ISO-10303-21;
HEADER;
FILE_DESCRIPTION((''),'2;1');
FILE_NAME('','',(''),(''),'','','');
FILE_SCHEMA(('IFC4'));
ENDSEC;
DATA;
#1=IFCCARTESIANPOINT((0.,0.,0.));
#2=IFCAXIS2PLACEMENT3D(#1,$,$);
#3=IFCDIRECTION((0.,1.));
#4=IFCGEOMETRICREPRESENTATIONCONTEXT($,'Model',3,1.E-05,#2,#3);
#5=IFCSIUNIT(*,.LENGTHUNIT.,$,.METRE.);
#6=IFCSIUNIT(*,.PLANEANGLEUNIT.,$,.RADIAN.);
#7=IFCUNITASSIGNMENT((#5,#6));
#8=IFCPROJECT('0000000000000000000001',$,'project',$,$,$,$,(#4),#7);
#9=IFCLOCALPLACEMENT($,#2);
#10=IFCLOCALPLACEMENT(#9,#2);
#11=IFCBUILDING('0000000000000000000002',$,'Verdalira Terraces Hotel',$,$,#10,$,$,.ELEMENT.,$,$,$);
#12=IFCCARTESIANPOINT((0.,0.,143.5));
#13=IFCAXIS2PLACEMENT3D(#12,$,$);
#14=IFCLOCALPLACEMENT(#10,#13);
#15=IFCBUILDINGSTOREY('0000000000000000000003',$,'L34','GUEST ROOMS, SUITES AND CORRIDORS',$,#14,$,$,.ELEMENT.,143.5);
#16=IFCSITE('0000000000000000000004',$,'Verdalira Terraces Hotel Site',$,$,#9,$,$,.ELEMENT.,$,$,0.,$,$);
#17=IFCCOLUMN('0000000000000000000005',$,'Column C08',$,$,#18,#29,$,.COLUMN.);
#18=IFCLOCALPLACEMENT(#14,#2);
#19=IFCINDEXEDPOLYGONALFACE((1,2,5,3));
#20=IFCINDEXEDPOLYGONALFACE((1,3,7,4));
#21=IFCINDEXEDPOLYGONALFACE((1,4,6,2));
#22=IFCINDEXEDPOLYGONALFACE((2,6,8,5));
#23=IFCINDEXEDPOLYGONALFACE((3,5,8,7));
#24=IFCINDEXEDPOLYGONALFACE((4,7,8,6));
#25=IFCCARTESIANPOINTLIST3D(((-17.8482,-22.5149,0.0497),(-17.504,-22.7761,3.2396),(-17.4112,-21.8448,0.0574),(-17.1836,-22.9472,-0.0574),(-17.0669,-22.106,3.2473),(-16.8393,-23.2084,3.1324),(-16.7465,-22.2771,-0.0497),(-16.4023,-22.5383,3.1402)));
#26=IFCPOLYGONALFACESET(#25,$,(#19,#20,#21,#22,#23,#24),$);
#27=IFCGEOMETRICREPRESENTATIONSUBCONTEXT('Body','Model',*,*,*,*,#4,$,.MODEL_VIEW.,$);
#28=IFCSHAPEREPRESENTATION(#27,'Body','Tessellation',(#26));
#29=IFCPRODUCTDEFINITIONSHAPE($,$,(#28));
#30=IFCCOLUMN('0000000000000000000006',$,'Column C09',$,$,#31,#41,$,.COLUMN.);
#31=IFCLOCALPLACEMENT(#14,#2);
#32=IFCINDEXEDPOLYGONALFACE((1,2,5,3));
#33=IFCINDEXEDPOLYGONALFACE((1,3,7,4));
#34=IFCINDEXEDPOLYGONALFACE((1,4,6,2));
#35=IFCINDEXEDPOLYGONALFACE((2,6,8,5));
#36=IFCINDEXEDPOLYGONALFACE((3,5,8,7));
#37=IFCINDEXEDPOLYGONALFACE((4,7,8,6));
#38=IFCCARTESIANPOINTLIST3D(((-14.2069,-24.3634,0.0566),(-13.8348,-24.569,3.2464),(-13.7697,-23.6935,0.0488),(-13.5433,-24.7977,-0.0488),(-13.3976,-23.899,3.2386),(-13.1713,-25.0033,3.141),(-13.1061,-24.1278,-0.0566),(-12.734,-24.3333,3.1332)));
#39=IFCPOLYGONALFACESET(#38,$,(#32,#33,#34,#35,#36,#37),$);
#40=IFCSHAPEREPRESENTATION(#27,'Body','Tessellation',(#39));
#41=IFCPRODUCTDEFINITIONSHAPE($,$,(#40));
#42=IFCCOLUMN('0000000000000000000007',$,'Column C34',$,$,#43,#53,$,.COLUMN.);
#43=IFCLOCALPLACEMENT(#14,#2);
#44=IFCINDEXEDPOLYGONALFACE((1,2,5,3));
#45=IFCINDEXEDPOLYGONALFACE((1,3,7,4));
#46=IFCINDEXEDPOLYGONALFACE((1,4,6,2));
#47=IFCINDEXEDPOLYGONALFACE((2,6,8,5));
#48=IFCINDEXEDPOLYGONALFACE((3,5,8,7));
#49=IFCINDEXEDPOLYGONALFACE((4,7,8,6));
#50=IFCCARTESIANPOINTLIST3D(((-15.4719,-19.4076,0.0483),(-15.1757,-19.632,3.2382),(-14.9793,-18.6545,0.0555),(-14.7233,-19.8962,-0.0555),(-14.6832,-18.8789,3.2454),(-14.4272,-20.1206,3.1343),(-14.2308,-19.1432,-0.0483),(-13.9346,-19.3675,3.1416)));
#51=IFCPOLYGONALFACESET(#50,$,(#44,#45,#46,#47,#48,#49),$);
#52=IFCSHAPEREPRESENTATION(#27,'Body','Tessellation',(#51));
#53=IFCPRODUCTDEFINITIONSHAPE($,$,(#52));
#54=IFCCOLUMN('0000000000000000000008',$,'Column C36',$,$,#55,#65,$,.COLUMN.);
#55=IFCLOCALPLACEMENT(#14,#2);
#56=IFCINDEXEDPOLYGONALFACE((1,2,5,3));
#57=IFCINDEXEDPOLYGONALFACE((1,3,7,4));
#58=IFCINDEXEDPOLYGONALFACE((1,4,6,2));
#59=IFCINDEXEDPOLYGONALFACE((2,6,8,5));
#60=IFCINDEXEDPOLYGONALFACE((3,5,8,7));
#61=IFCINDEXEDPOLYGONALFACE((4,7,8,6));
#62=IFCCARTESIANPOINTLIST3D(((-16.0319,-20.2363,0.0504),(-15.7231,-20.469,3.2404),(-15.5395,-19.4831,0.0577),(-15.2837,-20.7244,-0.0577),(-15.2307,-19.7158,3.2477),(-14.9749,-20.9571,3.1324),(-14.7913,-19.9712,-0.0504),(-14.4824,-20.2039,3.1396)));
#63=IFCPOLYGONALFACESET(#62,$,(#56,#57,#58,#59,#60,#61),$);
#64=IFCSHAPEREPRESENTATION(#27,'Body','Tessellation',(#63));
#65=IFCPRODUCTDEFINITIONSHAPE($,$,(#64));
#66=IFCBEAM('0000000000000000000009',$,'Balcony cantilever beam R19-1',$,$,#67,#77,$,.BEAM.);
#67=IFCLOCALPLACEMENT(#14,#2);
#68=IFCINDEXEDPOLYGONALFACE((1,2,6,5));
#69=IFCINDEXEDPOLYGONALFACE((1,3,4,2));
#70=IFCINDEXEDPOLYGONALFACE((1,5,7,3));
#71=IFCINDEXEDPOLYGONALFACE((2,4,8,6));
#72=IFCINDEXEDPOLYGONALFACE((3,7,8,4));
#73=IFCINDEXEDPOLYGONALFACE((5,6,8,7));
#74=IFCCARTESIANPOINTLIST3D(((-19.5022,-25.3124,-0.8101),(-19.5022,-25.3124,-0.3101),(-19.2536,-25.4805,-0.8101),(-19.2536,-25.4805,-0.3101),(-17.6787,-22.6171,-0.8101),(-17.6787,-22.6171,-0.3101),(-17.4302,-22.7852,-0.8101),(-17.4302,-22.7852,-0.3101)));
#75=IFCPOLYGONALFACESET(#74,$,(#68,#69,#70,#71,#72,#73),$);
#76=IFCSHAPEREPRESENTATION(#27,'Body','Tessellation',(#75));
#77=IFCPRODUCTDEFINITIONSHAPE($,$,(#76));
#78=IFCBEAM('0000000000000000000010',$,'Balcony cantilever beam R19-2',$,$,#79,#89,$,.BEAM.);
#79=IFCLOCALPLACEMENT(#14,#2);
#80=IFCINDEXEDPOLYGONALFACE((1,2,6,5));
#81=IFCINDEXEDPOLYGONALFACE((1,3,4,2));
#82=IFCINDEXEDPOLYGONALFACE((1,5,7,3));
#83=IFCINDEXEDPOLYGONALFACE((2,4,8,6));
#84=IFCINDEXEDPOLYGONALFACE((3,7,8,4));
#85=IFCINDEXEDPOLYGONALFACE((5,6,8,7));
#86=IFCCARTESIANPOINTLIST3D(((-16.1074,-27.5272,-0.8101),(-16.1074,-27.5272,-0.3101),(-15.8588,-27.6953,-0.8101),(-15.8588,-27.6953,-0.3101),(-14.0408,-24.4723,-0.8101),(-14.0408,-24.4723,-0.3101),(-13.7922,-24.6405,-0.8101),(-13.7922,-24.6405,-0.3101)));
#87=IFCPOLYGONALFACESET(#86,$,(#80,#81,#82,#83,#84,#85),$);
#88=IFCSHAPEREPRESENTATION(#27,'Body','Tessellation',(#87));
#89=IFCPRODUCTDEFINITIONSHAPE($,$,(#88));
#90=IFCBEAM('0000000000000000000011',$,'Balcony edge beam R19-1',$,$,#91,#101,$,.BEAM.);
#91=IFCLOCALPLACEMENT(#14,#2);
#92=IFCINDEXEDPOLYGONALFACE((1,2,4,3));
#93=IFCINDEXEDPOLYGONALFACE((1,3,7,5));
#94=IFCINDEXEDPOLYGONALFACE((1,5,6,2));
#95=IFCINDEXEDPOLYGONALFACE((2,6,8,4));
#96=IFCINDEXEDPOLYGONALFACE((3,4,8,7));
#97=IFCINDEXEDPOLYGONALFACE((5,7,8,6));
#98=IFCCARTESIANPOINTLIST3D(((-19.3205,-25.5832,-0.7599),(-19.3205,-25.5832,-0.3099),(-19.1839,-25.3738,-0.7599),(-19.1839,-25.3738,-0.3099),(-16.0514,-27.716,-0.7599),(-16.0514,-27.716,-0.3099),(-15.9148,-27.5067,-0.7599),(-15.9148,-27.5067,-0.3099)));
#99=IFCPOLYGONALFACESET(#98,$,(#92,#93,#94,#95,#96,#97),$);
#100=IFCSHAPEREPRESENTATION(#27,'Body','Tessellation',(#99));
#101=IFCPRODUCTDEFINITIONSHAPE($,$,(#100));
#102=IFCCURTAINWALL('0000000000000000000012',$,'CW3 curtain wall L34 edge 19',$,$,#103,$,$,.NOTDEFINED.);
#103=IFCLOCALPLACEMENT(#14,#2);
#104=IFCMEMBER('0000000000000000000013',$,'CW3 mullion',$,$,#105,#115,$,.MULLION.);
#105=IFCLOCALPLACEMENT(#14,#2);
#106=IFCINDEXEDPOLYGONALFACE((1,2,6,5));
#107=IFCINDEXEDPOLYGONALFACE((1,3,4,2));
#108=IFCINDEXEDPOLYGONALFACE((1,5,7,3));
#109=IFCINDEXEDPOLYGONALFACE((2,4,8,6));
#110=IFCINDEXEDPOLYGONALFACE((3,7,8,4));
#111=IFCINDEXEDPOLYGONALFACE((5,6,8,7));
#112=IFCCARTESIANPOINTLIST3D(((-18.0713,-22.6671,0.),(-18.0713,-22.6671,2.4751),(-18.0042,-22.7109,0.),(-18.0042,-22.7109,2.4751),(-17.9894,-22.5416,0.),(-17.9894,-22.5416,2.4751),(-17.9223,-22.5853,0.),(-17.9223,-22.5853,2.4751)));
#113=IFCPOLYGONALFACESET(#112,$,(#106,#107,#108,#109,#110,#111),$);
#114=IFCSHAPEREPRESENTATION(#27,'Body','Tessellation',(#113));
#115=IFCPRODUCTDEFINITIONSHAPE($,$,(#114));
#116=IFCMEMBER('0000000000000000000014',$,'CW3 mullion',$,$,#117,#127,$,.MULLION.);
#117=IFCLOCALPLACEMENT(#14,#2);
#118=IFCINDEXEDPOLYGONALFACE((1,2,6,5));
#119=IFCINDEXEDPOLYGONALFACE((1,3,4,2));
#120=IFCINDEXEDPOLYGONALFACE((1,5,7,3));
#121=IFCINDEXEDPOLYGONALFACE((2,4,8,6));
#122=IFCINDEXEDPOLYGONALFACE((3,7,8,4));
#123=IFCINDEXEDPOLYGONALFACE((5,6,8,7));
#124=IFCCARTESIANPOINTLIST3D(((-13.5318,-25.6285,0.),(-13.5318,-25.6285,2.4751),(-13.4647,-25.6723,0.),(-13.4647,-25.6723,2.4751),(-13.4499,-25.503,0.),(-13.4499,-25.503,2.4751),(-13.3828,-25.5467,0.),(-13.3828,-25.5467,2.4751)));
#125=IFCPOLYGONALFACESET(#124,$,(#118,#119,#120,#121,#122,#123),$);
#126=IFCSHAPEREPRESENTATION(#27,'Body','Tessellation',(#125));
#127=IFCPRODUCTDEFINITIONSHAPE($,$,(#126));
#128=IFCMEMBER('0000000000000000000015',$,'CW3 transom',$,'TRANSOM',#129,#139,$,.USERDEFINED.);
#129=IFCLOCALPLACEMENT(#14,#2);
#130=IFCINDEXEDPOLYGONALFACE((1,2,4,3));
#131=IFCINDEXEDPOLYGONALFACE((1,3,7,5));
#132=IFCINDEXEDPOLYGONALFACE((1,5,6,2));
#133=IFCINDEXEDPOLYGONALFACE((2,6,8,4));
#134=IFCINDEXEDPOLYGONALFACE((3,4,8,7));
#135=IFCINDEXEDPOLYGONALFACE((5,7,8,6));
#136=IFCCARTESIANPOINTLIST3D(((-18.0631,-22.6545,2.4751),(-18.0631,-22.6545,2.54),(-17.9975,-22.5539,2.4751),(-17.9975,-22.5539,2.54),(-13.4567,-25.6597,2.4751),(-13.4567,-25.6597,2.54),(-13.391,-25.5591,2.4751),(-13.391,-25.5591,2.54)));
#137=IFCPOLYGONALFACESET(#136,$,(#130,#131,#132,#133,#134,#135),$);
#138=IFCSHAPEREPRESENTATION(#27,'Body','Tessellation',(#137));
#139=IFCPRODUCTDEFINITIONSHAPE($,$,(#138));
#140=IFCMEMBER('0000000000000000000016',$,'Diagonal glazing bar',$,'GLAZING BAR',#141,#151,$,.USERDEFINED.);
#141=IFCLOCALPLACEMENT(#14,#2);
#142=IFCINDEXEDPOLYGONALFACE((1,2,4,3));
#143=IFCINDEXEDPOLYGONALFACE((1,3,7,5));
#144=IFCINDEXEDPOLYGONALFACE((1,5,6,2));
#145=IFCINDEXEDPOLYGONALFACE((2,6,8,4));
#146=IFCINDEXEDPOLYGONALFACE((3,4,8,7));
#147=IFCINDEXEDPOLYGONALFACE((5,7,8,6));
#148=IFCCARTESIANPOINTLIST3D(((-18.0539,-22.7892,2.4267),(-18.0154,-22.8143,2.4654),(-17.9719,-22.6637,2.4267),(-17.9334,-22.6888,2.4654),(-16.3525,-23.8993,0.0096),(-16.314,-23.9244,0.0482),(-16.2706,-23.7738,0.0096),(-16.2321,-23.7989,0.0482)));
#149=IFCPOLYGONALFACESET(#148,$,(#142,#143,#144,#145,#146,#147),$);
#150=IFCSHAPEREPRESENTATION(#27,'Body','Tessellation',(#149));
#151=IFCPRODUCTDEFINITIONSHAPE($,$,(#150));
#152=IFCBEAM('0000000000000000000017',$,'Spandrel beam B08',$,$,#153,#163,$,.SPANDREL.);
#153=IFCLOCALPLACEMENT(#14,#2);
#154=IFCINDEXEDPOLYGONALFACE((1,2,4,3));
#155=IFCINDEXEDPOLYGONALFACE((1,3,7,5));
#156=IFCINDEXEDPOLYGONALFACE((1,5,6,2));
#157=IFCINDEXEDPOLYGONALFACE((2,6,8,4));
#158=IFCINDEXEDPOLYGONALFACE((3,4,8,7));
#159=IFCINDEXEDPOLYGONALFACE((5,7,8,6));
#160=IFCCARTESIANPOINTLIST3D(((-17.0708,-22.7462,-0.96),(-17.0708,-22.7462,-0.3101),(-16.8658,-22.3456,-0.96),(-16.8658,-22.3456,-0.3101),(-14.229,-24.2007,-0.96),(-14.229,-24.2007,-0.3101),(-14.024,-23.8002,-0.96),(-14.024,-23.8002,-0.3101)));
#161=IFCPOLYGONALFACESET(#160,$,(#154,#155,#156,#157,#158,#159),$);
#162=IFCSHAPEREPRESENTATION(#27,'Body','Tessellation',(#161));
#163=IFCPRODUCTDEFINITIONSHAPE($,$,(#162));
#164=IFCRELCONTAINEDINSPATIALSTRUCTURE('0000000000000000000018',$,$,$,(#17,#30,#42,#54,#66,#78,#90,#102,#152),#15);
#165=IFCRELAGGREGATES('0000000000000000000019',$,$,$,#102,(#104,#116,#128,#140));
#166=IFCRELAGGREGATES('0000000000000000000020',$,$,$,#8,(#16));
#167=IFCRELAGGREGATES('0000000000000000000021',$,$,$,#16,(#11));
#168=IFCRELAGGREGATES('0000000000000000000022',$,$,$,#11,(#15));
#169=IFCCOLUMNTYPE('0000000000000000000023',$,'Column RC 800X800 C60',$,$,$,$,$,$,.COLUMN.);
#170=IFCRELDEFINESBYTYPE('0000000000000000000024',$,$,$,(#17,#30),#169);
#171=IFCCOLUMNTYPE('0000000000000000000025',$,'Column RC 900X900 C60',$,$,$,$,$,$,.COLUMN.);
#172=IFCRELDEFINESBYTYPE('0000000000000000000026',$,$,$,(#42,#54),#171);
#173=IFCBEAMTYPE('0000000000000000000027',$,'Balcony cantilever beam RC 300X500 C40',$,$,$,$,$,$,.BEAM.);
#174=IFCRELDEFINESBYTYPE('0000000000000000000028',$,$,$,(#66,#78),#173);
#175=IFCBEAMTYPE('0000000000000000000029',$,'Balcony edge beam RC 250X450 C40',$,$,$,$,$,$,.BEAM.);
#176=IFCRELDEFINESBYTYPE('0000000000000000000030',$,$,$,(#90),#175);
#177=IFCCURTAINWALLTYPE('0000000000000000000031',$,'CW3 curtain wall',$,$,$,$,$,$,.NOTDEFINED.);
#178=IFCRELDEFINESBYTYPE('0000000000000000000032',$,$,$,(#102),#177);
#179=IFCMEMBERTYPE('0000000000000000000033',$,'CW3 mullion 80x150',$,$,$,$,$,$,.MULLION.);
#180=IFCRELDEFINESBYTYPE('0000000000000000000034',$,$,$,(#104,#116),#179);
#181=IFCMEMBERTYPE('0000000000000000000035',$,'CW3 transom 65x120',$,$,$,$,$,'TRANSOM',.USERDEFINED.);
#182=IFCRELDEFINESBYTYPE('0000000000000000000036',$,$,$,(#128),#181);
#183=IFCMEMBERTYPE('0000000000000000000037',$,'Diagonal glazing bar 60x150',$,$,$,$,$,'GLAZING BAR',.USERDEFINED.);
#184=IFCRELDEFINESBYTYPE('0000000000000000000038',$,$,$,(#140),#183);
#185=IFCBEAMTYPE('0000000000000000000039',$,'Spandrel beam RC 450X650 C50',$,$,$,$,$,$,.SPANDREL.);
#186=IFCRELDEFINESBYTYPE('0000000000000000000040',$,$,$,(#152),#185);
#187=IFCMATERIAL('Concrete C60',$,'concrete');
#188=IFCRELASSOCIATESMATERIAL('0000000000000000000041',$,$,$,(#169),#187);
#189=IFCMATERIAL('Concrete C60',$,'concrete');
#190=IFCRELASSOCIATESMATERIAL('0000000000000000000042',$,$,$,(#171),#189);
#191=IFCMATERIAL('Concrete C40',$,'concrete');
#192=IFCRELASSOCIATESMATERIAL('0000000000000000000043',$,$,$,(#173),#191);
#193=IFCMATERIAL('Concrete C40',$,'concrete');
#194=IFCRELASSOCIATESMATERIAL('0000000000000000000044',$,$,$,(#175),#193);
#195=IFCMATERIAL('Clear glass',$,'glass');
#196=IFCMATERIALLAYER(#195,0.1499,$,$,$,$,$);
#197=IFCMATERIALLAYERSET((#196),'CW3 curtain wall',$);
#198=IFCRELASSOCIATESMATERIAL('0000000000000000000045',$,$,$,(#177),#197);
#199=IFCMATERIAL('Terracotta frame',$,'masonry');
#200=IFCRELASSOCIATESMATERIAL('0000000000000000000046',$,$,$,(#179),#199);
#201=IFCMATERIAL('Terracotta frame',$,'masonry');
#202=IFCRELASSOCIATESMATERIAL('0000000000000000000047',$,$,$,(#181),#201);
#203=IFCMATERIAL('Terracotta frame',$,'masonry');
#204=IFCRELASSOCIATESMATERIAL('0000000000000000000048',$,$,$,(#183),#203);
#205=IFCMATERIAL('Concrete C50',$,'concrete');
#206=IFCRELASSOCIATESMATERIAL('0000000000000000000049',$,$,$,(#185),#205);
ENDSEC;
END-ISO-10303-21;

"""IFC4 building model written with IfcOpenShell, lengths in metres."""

from ifc_helpers import new_model, si_unit, direction, frame, origin, origin_2d, place, context, subcontext, project, spatial, rectangle, extrude, material, layer, layer_set, material_profile, profile_set, type_object, element, aggregate, save


model = new_model("IFC4")

# Units and contexts
model_context = context("Model", 3, precision=1e-05, world=origin(), true_north=direction((0.0, 1.0)))
body_context = subcontext(model_context, "Body", "Model", "MODEL_VIEW")
ifc_project = project(units=[si_unit("LENGTHUNIT", "METRE"), si_unit("PLANEANGLEUNIT", "RADIAN")], contexts=[model_context])

# Site, building, storey
site_placement = place(None, origin())
site = spatial("IfcSite", under=ifc_project, at=site_placement, Name="Verdalira Terraces Hotel Site", CompositionType="ELEMENT", RefElevation=0.0)
building_placement = place(site_placement, origin())
building = spatial("IfcBuilding", under=site, at=building_placement, Name="Verdalira Terraces Hotel", CompositionType="ELEMENT")
storey_placement = place(building_placement, frame((0.0, 0.0, 143.5)))
storey = spatial("IfcBuildingStorey", under=building, at=storey_placement, Name="L34", Description="GUEST ROOMS, SUITES AND CORRIDORS", CompositionType="ELEMENT", Elevation=143.5)

# Columns
ifc_material_1 = material(Name="Concrete C60", Category="concrete")
ifc_material_profile_1 = material_profile(ifc_material_1, rectangle(XDim=0.8, YDim=0.8, at=origin_2d()), Name="RC 800X800")
ifc_profile_set_1 = profile_set([ifc_material_profile_1], Name="Concrete C60")
column_type_1 = type_object("IfcColumnType", Name="Column RC 800X800 C60", PredefinedType="COLUMN", material=ifc_profile_set_1)
column_1_placement = place(storey_placement, frame((-17.2974, -22.396, 0.0), z_axis=(0.106937, -0.081151, 0.990949), x_axis=(0.830756, -0.540293, -0.133896)))
element("IfcColumn", 1, at=column_1_placement, inside=storey, type_object=column_type_1, Name="Column C08", PredefinedType="COLUMN", context=body_context, shape_type="SweptSolid", body=[
    extrude(rectangle(XDim=0.8, YDim=0.8, at=origin_2d()), origin(), (0.0, 0.0, 1.0), 3.219),
])
column_2_placement = place(storey_placement, frame((-13.6565, -24.2456, 0.0), z_axis=(0.115617, -0.063877, 0.991238), x_axis=(0.829433, -0.542852, -0.131726)))
element("IfcColumn", 2, at=column_2_placement, inside=storey, type_object=column_type_1, Name="Column C09", PredefinedType="COLUMN", context=body_context, shape_type="SweptSolid", body=[
    extrude(rectangle(XDim=0.8, YDim=0.8, at=origin_2d()), origin(), (0.0, 0.0, 1.0), 3.218),
])
ifc_material_2 = material(Name="Concrete C60", Category="concrete")
ifc_material_profile_2 = material_profile(ifc_material_2, rectangle(XDim=0.8999, YDim=0.8999, at=origin_2d()), Name="RC 900X900")
ifc_profile_set_2 = profile_set([ifc_material_profile_2], Name="Concrete C60")
column_type_2 = type_object("IfcColumnType", Name="Column RC 900X900 C60", PredefinedType="COLUMN", material=ifc_profile_set_2)
column_3_placement = place(storey_placement, frame((-14.8513, -19.2754, 0.0), z_axis=(0.092213, -0.069863, 0.993285), x_axis=(-0.547377, -0.836847, -0.008043)))
element("IfcColumn", 3, at=column_3_placement, inside=storey, type_object=column_type_2, Name="Column C34", PredefinedType="COLUMN", context=body_context, shape_type="SweptSolid", body=[
    extrude(rectangle(XDim=0.8999, YDim=0.8999, at=origin_2d()), origin(), (0.0, 0.0, 1.0), 3.2114),
])
column_4_placement = place(storey_placement, frame((-15.4116, -20.1038, 0.0), z_axis=(0.096113, -0.072407, 0.992733), x_axis=(-0.547175, -0.836979, -0.008072)))
element("IfcColumn", 4, at=column_4_placement, inside=storey, type_object=column_type_2, Name="Column C36", PredefinedType="COLUMN", context=body_context, shape_type="SweptSolid", body=[
    extrude(rectangle(XDim=0.8999, YDim=0.8999, at=origin_2d()), origin(), (0.0, 0.0, 1.0), 3.2134),
])

# Beams
ifc_material_3 = material(Name="Concrete C40", Category="concrete")
ifc_material_profile_3 = material_profile(ifc_material_3, rectangle(XDim=0.3, YDim=0.5, at=origin_2d()), Name="RC 300X500")
ifc_profile_set_3 = profile_set([ifc_material_profile_3], Name="Concrete C40")
beam_type_1 = type_object("IfcBeamType", Name="Balcony cantilever beam RC 300X500 C40", PredefinedType="BEAM", material=ifc_profile_set_3)
beam_1_placement = place(storey_placement, frame((-17.5544, -22.7012, -0.5601), z_axis=(-0.560349, -0.828257, 0.0), x_axis=(0.828257, -0.560349, 0.0)))
element("IfcBeam", 5, at=beam_1_placement, inside=storey, type_object=beam_type_1, Name="Balcony cantilever beam R19-1", PredefinedType="BEAM", context=body_context, shape_type="SweptSolid", body=[
    extrude(rectangle(XDim=0.3, YDim=0.5, at=origin_2d()), origin(), (0.0, 0.0, 1.0), 3.2542),
])
beam_2_placement = place(storey_placement, frame((-13.9165, -24.5564, -0.5601), z_axis=(-0.560324, -0.828273, 0.0), x_axis=(0.828273, -0.560324, 0.0)))
element("IfcBeam", 6, at=beam_2_placement, inside=storey, type_object=beam_type_1, Name="Balcony cantilever beam R19-2", PredefinedType="BEAM", context=body_context, shape_type="SweptSolid", body=[
    extrude(rectangle(XDim=0.3, YDim=0.5, at=origin_2d()), origin(), (0.0, 0.0, 1.0), 3.6882),
])
ifc_material_4 = material(Name="Concrete C40", Category="concrete")
ifc_material_profile_4 = material_profile(ifc_material_4, rectangle(XDim=0.25, YDim=0.45, at=origin_2d()), Name="RC 250X450")
ifc_profile_set_4 = profile_set([ifc_material_profile_4], Name="Concrete C40")
beam_type_2 = type_object("IfcBeamType", Name="Balcony edge beam RC 250X450 C40", PredefinedType="BEAM", material=ifc_profile_set_4)
beam_3_placement = place(storey_placement, frame((-19.2522, -25.4785, -0.5349), z_axis=(0.837514, -0.546417, 0.0), x_axis=(0.546417, 0.837514, 0.0)))
element("IfcBeam", 7, at=beam_3_placement, inside=storey, type_object=beam_type_2, Name="Balcony edge beam R19-1", PredefinedType="BEAM", context=body_context, shape_type="SweptSolid", body=[
    extrude(rectangle(XDim=0.25, YDim=0.45, at=origin_2d()), origin(), (0.0, 0.0, 1.0), 3.9033),
])

# Curtain wall, members
ifc_material_5 = material(Name="Clear glass", Category="glass")
ifc_layer_1 = layer(ifc_material_5, 0.1499)
ifc_layer_set_1 = layer_set([ifc_layer_1], Name="CW3 curtain wall")
curtain_wall_type = type_object("IfcCurtainWallType", Name="CW3 curtain wall", PredefinedType="NOTDEFINED", material=ifc_layer_set_1)
curtain_wall_placement = place(storey_placement, origin())
curtain_wall = element("IfcCurtainWall", 8, at=curtain_wall_placement, inside=storey, type_object=curtain_wall_type, Name="CW3 curtain wall L34 edge 19", PredefinedType="NOTDEFINED")
ifc_material_6 = material(Name="Terracotta frame", Category="masonry")
ifc_material_profile_5 = material_profile(ifc_material_6, rectangle(XDim=0.0801, YDim=0.1499, at=origin_2d()), Name="MU 80x150")
ifc_profile_set_5 = profile_set([ifc_material_profile_5], Name="Terracotta frame")
member_type_1 = type_object("IfcMemberType", Name="CW3 mullion 80x150", PredefinedType="MULLION", material=ifc_profile_set_5)
member_1_placement = place(storey_placement, frame((-17.9968, -22.6262, 0.0), z_axis=(0.0, 0.0, 1.0), x_axis=(0.837528, -0.546394, 0.0)))
member_1 = element("IfcMember", 9, at=member_1_placement, type_object=member_type_1, Name="CW3 mullion", PredefinedType="MULLION", context=body_context, shape_type="SweptSolid", body=[
    extrude(rectangle(XDim=0.0801, YDim=0.1499, at=origin_2d()), origin(), (0.0, 0.0, 1.0), 2.4751),
])
member_2_placement = place(storey_placement, frame((-13.4573, -25.5876, 0.0), z_axis=(0.0, 0.0, 1.0), x_axis=(0.837528, -0.546394, 0.0)))
member_2 = element("IfcMember", 10, at=member_2_placement, type_object=member_type_1, Name="CW3 mullion", PredefinedType="MULLION", context=body_context, shape_type="SweptSolid", body=[
    extrude(rectangle(XDim=0.0801, YDim=0.1499, at=origin_2d()), origin(), (0.0, 0.0, 1.0), 2.4751),
])
ifc_material_7 = material(Name="Terracotta frame", Category="masonry")
ifc_material_profile_6 = material_profile(ifc_material_7, rectangle(XDim=0.1201, YDim=0.0649, at=origin_2d()), Name="TR 65x120")
ifc_profile_set_6 = profile_set([ifc_material_profile_6], Name="Terracotta frame")
member_type_2 = type_object("IfcMemberType", Name="CW3 transom 65x120", ElementType="TRANSOM", PredefinedType="USERDEFINED", material=ifc_profile_set_6)
member_3_placement = place(storey_placement, frame((-18.0303, -22.6042, 2.5076), z_axis=(0.837534, -0.546386, 0.0), x_axis=(0.546386, 0.837534, 0.0)))
member_3 = element("IfcMember", 11, at=member_3_placement, type_object=member_type_2, Name="CW3 transom", ObjectType="TRANSOM", PredefinedType="USERDEFINED", context=body_context, shape_type="SweptSolid", body=[
    extrude(rectangle(XDim=0.1201, YDim=0.0649, at=origin_2d()), origin(), (0.0, 0.0, 1.0), 5.5),
])
ifc_material_8 = material(Name="Terracotta frame", Category="masonry")
ifc_material_profile_7 = material_profile(ifc_material_8, rectangle(XDim=0.1499, YDim=0.0601, at=origin_2d()), Name="GB 60x150")
ifc_profile_set_7 = profile_set([ifc_material_profile_7], Name="Terracotta frame")
member_type_3 = type_object("IfcMemberType", Name="Diagonal glazing bar 60x150", ElementType="GLAZING BAR", PredefinedType="USERDEFINED", material=ifc_profile_set_7)
member_4_placement = place(storey_placement, frame((-17.9937, -22.739, 2.446), z_axis=(0.538839, -0.351571, -0.765539), x_axis=(0.546436, 0.837501, 0.0)))
member_4 = element("IfcMember", 12, at=member_4_placement, type_object=member_type_3, Name="Diagonal glazing bar", ObjectType="GLAZING BAR", PredefinedType="USERDEFINED", context=body_context, shape_type="SweptSolid", body=[
    extrude(rectangle(XDim=0.1499, YDim=0.0601, at=origin_2d()), origin(), (0.0, 0.0, 1.0), 3.1575),
])

# Beam
ifc_material_9 = material(Name="Concrete C50", Category="concrete")
ifc_material_profile_8 = material_profile(ifc_material_9, rectangle(XDim=0.45, YDim=0.6499, at=origin_2d()), Name="RC 450X650")
ifc_profile_set_8 = profile_set([ifc_material_profile_8], Name="Concrete C50")
beam_type_3 = type_object("IfcBeamType", Name="Spandrel beam RC 450X650 C50", PredefinedType="SPANDREL", material=ifc_profile_set_8)
beam_4_placement = place(storey_placement, frame((-16.9683, -22.5459, -0.635), z_axis=(0.890166, -0.455636, 0.0), x_axis=(0.455636, 0.890166, 0.0)))
element("IfcBeam", 13, at=beam_4_placement, inside=storey, type_object=beam_type_3, Name="Spandrel beam B08", PredefinedType="SPANDREL", context=body_context, shape_type="SweptSolid", body=[
    extrude(rectangle(XDim=0.45, YDim=0.6499, at=origin_2d()), origin(), (0.0, 0.0, 1.0), 3.1924),
])

aggregate(curtain_wall, [member_1, member_2, member_3, member_4])

save(model, "model.ifc")
